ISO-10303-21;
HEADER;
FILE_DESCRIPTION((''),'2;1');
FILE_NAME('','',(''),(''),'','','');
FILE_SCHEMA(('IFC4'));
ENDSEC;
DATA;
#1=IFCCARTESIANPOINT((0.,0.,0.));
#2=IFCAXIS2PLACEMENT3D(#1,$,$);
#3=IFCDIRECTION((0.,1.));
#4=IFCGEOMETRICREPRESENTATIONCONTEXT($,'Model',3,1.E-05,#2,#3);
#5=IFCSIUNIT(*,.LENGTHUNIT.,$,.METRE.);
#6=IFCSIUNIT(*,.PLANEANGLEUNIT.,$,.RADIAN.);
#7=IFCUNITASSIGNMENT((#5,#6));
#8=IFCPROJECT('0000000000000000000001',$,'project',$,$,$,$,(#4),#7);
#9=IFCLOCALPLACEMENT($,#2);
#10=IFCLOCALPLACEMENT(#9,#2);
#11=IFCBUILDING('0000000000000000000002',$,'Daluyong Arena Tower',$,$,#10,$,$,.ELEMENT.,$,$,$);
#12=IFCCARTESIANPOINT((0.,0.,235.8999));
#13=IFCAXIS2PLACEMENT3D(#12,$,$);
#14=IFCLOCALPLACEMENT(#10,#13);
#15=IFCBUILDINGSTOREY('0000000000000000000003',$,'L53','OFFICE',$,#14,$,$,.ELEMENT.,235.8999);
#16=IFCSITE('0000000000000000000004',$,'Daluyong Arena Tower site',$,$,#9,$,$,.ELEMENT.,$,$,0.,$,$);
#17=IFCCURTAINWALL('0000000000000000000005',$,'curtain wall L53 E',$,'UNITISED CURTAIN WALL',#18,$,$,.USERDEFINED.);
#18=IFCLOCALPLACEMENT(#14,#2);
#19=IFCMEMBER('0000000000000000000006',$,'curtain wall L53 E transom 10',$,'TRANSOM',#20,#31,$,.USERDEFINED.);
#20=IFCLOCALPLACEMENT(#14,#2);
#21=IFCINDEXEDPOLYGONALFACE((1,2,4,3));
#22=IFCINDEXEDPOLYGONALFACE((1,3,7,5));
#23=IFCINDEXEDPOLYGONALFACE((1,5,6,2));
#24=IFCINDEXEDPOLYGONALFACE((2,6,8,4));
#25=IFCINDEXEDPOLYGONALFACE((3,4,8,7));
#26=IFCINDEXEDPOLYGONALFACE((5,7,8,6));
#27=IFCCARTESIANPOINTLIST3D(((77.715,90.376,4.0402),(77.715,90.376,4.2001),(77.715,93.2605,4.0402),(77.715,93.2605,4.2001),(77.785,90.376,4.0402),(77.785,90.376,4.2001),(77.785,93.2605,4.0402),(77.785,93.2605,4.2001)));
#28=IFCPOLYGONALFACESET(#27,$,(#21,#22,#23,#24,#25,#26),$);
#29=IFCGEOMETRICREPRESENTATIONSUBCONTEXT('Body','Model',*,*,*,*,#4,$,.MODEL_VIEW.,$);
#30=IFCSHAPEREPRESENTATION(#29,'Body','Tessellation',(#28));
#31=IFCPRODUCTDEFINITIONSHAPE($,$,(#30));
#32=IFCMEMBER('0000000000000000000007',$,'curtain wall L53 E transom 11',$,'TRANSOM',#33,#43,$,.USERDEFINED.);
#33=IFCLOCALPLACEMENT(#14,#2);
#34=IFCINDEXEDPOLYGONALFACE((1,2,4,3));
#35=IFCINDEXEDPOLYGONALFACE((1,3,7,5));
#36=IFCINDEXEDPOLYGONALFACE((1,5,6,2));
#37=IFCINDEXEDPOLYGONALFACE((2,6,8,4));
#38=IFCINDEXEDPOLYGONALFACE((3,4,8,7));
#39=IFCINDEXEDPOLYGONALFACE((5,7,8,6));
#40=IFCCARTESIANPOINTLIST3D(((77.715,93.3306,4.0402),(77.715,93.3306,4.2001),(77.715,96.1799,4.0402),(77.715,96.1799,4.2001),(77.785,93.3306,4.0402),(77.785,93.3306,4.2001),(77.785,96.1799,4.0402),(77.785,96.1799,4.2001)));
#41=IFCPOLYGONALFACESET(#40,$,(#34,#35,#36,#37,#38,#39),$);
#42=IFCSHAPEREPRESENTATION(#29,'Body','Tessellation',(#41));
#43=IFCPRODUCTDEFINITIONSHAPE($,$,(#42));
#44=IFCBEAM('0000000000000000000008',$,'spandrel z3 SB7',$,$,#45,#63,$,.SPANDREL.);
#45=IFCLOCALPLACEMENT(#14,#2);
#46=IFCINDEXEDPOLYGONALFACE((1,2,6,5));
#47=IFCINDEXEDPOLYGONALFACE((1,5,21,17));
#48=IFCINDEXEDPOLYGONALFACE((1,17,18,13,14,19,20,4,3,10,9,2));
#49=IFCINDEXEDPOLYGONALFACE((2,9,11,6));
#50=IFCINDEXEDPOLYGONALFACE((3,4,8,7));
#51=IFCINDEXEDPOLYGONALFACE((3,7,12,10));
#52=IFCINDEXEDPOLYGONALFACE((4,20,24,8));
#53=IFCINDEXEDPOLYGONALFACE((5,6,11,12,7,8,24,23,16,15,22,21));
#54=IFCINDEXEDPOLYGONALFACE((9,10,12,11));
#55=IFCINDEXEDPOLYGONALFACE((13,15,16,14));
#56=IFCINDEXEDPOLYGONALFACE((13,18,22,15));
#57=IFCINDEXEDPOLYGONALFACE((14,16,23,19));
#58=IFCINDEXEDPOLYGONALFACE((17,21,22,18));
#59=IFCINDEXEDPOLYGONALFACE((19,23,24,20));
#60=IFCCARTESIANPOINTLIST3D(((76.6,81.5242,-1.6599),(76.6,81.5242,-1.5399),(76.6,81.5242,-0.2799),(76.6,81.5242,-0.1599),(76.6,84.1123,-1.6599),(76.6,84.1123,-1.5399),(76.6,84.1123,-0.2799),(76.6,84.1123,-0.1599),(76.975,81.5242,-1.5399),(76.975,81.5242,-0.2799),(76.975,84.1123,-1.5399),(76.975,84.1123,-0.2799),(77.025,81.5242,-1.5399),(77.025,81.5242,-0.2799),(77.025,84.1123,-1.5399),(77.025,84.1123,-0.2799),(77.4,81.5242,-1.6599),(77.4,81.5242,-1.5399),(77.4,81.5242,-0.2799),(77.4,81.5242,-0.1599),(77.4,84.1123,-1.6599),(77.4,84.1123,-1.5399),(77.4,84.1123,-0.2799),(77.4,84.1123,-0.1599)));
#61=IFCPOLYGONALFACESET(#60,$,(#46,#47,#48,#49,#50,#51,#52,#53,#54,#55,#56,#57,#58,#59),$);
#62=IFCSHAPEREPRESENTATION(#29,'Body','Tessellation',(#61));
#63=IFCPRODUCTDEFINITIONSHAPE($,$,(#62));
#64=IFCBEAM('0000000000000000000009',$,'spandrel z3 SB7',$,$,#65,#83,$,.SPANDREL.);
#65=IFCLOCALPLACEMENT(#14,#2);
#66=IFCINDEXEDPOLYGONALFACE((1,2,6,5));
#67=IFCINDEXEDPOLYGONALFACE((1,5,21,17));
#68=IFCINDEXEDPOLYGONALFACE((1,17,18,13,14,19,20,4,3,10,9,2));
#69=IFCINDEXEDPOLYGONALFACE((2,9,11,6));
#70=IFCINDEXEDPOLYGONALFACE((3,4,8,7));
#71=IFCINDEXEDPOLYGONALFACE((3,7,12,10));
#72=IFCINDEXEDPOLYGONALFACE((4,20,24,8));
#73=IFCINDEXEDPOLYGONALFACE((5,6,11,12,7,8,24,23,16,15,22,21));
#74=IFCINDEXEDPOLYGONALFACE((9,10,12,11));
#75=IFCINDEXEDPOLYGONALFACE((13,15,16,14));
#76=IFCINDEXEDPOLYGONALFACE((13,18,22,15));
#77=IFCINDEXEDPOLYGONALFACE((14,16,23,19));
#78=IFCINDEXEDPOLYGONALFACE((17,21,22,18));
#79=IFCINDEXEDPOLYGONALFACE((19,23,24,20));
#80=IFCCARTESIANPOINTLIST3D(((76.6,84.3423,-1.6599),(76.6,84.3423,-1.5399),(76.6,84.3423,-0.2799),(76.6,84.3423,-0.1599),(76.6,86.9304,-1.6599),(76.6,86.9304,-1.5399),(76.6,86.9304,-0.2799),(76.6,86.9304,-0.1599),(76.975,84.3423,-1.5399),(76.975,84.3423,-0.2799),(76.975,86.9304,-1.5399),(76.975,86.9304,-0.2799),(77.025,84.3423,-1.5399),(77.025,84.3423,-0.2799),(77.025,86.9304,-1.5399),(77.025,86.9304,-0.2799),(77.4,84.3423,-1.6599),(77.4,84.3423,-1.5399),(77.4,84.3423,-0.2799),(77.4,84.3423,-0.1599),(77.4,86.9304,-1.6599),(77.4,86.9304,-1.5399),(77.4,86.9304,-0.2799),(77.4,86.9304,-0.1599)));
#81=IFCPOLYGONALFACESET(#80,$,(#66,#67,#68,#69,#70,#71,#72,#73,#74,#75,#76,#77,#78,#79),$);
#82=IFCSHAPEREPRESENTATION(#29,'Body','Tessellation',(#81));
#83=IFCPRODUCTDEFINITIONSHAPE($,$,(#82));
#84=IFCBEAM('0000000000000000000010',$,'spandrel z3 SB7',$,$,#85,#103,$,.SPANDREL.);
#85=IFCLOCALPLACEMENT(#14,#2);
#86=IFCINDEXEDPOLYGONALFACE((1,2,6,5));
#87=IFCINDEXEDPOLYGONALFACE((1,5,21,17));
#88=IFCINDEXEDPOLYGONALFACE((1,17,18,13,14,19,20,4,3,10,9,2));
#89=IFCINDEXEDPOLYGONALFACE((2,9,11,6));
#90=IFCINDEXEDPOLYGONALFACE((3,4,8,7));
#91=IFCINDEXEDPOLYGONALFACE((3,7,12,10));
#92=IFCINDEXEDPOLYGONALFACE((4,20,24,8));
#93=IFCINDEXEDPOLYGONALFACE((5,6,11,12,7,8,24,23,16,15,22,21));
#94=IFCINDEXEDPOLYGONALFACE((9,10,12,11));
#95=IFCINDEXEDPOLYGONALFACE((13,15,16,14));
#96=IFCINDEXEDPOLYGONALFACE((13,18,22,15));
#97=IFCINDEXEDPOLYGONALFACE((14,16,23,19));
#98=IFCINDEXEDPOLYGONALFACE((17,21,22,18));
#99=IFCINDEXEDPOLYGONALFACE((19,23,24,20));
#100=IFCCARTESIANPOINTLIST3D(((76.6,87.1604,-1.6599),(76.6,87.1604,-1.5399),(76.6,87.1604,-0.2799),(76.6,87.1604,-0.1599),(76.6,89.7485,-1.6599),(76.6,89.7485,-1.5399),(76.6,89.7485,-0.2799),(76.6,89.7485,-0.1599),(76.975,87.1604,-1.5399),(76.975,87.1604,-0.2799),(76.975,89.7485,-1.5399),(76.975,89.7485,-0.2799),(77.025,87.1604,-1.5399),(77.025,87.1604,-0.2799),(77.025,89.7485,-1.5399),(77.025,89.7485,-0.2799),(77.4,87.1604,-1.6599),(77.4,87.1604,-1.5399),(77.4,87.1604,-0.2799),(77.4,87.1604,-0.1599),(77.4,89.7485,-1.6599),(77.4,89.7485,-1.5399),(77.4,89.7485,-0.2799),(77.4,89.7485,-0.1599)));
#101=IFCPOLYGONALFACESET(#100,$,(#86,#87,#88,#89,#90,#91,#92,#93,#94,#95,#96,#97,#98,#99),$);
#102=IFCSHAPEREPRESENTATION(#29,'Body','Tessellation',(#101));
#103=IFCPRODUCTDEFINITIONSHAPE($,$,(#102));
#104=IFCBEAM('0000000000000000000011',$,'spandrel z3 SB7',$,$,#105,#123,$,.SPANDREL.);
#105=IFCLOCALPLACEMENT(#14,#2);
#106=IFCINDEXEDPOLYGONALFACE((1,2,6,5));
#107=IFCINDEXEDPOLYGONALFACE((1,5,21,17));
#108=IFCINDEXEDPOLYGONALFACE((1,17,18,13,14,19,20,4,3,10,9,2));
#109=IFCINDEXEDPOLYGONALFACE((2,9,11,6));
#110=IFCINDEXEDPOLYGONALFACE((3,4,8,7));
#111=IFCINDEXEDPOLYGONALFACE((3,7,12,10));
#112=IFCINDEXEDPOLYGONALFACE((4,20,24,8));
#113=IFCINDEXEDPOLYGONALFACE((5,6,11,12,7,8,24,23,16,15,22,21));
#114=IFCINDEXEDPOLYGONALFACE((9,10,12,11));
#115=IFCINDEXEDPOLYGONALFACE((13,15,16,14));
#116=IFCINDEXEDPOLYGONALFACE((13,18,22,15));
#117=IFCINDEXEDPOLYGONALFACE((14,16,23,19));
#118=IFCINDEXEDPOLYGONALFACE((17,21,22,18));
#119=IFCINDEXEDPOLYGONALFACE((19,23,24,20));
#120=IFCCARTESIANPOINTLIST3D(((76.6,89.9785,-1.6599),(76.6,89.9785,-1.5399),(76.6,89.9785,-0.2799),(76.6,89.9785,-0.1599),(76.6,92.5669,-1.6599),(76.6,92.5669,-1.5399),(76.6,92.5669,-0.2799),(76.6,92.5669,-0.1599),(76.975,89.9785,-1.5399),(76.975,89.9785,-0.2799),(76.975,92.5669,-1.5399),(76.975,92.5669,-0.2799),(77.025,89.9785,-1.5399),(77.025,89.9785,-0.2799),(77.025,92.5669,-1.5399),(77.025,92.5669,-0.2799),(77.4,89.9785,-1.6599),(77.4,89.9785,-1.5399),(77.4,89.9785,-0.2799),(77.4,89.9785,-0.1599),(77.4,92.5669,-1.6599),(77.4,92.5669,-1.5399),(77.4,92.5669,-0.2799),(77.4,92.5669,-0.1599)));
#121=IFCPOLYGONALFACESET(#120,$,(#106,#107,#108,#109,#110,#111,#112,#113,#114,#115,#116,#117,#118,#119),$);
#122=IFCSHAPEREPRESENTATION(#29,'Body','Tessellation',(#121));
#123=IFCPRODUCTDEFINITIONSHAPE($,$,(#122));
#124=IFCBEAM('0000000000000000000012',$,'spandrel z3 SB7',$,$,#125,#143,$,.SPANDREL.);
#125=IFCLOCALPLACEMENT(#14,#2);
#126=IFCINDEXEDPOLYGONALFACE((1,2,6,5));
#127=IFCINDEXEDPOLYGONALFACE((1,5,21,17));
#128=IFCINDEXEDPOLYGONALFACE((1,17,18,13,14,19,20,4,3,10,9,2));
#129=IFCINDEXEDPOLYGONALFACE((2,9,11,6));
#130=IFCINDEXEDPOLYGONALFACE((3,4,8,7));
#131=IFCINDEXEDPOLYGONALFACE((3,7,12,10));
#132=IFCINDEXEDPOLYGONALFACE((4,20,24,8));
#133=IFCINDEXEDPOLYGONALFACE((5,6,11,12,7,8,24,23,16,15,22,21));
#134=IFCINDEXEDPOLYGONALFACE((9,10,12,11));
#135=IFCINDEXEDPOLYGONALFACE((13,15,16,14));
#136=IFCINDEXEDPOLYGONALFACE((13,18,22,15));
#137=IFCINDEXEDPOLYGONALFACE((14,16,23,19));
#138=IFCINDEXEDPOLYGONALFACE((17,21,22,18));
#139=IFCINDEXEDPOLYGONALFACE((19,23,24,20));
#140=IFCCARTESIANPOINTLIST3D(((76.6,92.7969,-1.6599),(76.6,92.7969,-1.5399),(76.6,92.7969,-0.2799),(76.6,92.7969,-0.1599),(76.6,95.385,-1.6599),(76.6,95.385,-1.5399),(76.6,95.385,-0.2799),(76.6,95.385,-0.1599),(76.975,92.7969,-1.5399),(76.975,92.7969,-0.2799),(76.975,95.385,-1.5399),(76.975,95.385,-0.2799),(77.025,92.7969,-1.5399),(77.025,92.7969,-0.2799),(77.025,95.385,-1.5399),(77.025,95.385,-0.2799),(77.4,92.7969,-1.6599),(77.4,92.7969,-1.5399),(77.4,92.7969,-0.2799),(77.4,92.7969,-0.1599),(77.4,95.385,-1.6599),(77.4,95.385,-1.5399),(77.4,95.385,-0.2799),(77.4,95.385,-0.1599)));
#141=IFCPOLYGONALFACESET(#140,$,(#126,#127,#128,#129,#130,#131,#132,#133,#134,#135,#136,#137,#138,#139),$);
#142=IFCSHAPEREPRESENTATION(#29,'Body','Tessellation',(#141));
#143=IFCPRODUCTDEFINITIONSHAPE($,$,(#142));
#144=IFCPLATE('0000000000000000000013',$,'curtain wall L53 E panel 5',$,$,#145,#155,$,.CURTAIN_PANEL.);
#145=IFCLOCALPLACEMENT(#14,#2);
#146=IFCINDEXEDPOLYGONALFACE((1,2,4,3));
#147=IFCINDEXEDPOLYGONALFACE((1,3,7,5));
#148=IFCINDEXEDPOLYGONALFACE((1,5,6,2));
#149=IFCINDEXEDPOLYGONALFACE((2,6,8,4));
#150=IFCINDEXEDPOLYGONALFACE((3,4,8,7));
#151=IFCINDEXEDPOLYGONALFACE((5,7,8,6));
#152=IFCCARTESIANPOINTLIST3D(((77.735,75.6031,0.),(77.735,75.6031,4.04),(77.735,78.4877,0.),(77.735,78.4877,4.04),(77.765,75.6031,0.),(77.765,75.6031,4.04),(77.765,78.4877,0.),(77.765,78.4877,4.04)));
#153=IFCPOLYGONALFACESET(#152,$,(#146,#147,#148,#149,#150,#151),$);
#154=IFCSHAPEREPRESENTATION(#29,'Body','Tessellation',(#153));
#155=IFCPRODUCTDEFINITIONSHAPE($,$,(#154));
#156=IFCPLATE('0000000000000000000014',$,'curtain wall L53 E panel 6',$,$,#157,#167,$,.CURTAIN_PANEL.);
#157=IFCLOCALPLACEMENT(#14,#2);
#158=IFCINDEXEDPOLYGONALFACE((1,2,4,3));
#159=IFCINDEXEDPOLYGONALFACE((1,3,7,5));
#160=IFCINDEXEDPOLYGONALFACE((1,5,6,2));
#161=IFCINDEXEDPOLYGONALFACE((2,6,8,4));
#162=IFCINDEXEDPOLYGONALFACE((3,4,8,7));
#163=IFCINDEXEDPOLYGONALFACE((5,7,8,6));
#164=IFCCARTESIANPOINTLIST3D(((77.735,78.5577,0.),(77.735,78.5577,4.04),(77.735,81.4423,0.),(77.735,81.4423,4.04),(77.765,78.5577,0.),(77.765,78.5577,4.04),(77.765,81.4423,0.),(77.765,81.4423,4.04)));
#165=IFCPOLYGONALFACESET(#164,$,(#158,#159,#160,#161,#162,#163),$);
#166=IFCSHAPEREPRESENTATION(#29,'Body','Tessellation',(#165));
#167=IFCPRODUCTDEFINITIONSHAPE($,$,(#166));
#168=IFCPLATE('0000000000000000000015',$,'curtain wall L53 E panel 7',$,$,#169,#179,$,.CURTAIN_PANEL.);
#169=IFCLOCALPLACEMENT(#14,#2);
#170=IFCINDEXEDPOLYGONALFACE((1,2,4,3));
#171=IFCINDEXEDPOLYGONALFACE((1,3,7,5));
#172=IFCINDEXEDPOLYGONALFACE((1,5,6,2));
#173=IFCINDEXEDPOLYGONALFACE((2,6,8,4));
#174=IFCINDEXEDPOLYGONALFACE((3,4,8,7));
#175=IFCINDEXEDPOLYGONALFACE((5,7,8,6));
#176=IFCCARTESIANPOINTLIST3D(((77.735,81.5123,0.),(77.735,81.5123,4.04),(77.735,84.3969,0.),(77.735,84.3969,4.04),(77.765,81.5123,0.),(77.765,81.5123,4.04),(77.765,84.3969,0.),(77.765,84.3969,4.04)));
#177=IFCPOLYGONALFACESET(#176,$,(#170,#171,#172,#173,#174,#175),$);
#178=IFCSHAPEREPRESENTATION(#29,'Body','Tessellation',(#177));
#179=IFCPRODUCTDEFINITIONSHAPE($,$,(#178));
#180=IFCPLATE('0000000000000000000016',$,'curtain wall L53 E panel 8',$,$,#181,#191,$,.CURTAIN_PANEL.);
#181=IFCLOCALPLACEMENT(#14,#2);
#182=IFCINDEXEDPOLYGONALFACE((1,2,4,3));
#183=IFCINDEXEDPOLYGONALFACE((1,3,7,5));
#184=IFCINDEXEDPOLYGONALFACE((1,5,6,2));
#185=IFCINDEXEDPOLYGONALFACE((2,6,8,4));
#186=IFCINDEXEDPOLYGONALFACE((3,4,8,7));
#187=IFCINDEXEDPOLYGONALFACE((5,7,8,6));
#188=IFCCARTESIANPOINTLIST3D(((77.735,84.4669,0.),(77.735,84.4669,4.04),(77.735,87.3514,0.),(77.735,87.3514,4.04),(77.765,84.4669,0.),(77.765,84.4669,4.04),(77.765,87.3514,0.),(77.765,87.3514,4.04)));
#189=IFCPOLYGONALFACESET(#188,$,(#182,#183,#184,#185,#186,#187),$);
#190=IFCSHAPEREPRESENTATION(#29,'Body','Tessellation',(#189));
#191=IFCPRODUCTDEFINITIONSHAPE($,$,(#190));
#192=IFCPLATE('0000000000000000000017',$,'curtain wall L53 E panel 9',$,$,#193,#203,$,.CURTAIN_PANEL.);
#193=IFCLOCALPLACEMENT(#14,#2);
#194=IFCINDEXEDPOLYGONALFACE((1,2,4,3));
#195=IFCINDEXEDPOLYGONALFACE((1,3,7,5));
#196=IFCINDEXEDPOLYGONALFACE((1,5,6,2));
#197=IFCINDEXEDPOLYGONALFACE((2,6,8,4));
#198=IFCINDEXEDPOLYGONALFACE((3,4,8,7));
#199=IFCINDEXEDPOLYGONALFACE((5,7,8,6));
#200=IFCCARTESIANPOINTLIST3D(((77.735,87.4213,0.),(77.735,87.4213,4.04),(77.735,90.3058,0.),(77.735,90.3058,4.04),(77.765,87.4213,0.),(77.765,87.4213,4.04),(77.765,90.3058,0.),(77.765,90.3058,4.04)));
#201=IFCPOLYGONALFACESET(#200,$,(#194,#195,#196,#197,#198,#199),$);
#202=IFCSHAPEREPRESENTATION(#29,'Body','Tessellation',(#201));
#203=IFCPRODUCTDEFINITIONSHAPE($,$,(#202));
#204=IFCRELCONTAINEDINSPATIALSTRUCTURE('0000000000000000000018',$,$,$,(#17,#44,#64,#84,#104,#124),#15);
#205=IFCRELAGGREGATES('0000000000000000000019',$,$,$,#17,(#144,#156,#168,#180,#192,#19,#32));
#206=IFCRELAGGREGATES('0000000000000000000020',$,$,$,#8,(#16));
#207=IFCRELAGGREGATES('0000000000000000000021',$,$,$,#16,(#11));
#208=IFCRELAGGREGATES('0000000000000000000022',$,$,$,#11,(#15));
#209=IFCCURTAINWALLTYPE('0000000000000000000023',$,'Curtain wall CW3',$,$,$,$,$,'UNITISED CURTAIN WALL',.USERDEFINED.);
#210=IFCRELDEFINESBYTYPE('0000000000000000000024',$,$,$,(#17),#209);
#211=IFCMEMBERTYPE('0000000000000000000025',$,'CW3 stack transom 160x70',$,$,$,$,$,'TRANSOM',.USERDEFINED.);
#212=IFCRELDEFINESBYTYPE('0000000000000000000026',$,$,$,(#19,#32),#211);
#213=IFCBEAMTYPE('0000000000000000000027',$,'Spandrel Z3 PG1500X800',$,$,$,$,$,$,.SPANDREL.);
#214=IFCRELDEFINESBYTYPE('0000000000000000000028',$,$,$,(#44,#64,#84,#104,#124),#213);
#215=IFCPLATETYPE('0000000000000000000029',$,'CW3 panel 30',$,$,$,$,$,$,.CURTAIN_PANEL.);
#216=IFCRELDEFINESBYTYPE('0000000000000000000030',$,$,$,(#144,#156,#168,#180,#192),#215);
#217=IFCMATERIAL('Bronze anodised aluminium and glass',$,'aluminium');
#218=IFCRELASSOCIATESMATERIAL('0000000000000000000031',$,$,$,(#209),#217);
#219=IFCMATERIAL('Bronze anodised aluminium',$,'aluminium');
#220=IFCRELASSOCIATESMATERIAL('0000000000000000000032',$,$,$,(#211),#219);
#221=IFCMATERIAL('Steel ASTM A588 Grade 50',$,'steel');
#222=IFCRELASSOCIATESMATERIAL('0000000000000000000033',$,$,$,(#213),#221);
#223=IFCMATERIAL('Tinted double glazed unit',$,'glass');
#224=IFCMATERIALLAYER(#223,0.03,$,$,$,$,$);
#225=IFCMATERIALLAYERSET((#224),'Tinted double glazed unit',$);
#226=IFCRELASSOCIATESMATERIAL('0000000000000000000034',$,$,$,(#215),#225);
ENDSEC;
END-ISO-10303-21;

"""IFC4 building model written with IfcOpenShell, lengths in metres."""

from ifc_helpers import new_model, si_unit, direction, frame, origin, origin_2d, place, context, subcontext, project, spatial, rectangle, i_section, extrude, material, layer, layer_set, material_profile, profile_set, type_object, element, aggregate, save


model = new_model("IFC4")

# Units and contexts
model_context = context("Model", 3, precision=1e-05, world=origin(), true_north=direction((0.0, 1.0)))
body_context = subcontext(model_context, "Body", "Model", "MODEL_VIEW")
ifc_project = project(units=[si_unit("LENGTHUNIT", "METRE"), si_unit("PLANEANGLEUNIT", "RADIAN")], contexts=[model_context])

# Site, building, storey
site_placement = place(None, origin())
site = spatial("IfcSite", under=ifc_project, at=site_placement, Name="Daluyong Arena Tower site", CompositionType="ELEMENT", RefElevation=0.0)
building_placement = place(site_placement, origin())
building = spatial("IfcBuilding", under=site, at=building_placement, Name="Daluyong Arena Tower", CompositionType="ELEMENT")
storey_placement = place(building_placement, frame((0.0, 0.0, 235.8999)))
storey = spatial("IfcBuildingStorey", under=building, at=storey_placement, Name="L53", Description="OFFICE", CompositionType="ELEMENT", Elevation=235.8999)

# Curtain wall, members
ifc_material_1 = material(Name="Bronze anodised aluminium and glass", Category="aluminium")
curtain_wall_type = type_object("IfcCurtainWallType", Name="Curtain wall CW3", ElementType="UNITISED CURTAIN WALL", PredefinedType="USERDEFINED", material=ifc_material_1)
curtain_wall_placement = place(storey_placement, origin())
curtain_wall = element("IfcCurtainWall", 1, at=curtain_wall_placement, inside=storey, type_object=curtain_wall_type, Name="curtain wall L53 E", ObjectType="UNITISED CURTAIN WALL", PredefinedType="USERDEFINED")
ifc_material_2 = material(Name="Bronze anodised aluminium", Category="aluminium")
ifc_material_profile_1 = material_profile(ifc_material_2, rectangle(XDim=0.0701, YDim=0.1599, at=origin_2d()))
ifc_profile_set_1 = profile_set([ifc_material_profile_1], Name="Bronze anodised aluminium")
member_type_1 = type_object("IfcMemberType", Name="CW3 stack transom 160x70", ElementType="TRANSOM", PredefinedType="USERDEFINED", material=ifc_profile_set_1)
member_1_placement = place(storey_placement, frame((77.75, 90.376, 4.1201), z_axis=(0.0, 1.0, 0.0), x_axis=(-1.0, 0.0, 0.0)))
member_1 = element("IfcMember", 2, at=member_1_placement, type_object=member_type_1, Name="curtain wall L53 E transom 10", ObjectType="TRANSOM", PredefinedType="USERDEFINED", context=body_context, shape_type="SweptSolid", body=[
    extrude(rectangle(XDim=0.0701, YDim=0.1599, at=origin_2d()), origin(), (0.0, 0.0, 1.0), 2.8845),
])
member_2_placement = place(storey_placement, frame((77.75, 93.3306, 4.1201), z_axis=(0.0, 1.0, 0.0), x_axis=(-1.0, 0.0, 0.0)))
member_2 = element("IfcMember", 3, at=member_2_placement, type_object=member_type_1, Name="curtain wall L53 E transom 11", ObjectType="TRANSOM", PredefinedType="USERDEFINED", context=body_context, shape_type="SweptSolid", body=[
    extrude(rectangle(XDim=0.0701, YDim=0.1599, at=origin_2d()), origin(), (0.0, 0.0, 1.0), 2.8494),
])

# Beams
ifc_material_3 = material(Name="Steel ASTM A588 Grade 50", Category="steel")
ifc_material_profile_2 = material_profile(ifc_material_3, i_section(OverallWidth=0.8, OverallDepth=1.5, WebThickness=0.05, FlangeThickness=0.12, at=origin_2d()))
ifc_profile_set_2 = profile_set([ifc_material_profile_2], Name="Steel ASTM A588 Grade 50")
beam_type = type_object("IfcBeamType", Name="Spandrel Z3 PG1500X800", PredefinedType="SPANDREL", material=ifc_profile_set_2)
for number, where, z_axis, x_axis, name in (
    (4, (77.0, 81.5242, -0.9099), (0.0, 1.0, 0.0), (-1.0, 0.0, 0.0), "spandrel z3 SB7"),
    (5, (77.0, 84.3423, -0.9099), (0.0, 1.0, 0.0), (-1.0, 0.0, 0.0), "spandrel z3 SB7"),
    (6, (77.0, 87.1604, -0.9099), (0.0, 1.0, 0.0), (-1.0, 0.0, 0.0), "spandrel z3 SB7"),
):
    element("IfcBeam", number, at=place(storey_placement, frame(where, z_axis=z_axis, x_axis=x_axis)), inside=storey, type_object=beam_type, Name=name, PredefinedType="SPANDREL", context=body_context, shape_type="SweptSolid", body=[
        extrude(i_section(OverallWidth=0.8, OverallDepth=1.5, WebThickness=0.05, FlangeThickness=0.12, at=origin_2d()), origin(), (0.0, 0.0, 1.0), 2.5881),
    ])
beam_1_placement = place(storey_placement, frame((77.0, 89.9785, -0.9099), z_axis=(0.0, 1.0, 0.0), x_axis=(-1.0, 0.0, 0.0)))
element("IfcBeam", 7, at=beam_1_placement, inside=storey, type_object=beam_type, Name="spandrel z3 SB7", PredefinedType="SPANDREL", context=body_context, shape_type="SweptSolid", body=[
    extrude(i_section(OverallWidth=0.8, OverallDepth=1.5, WebThickness=0.05, FlangeThickness=0.12, at=origin_2d()), origin(), (0.0, 0.0, 1.0), 2.5884),
])
beam_2_placement = place(storey_placement, frame((77.0, 92.7969, -0.9099), z_axis=(0.0, 1.0, 0.0), x_axis=(-1.0, 0.0, 0.0)))
element("IfcBeam", 8, at=beam_2_placement, inside=storey, type_object=beam_type, Name="spandrel z3 SB7", PredefinedType="SPANDREL", context=body_context, shape_type="SweptSolid", body=[
    extrude(i_section(OverallWidth=0.8, OverallDepth=1.5, WebThickness=0.05, FlangeThickness=0.12, at=origin_2d()), origin(), (0.0, 0.0, 1.0), 2.5881),
])

# Plates
ifc_material_4 = material(Name="Tinted double glazed unit", Category="glass")
ifc_layer = layer(ifc_material_4, 0.03)
ifc_layer_set = layer_set([ifc_layer], Name="Tinted double glazed unit")
plate_type = type_object("IfcPlateType", Name="CW3 panel 30", PredefinedType="CURTAIN_PANEL", material=ifc_layer_set)
plate_1_placement = place(storey_placement, frame((77.75, 77.0454, 0.0), z_axis=(0.0, 0.0, 1.0), x_axis=(0.0, 1.0, 0.0)))
plate_1 = element("IfcPlate", 9, at=plate_1_placement, type_object=plate_type, Name="curtain wall L53 E panel 5", PredefinedType="CURTAIN_PANEL", context=body_context, shape_type="SweptSolid", body=[
    extrude(rectangle(XDim=2.8845, YDim=0.03, at=origin_2d()), origin(), (0.0, 0.0, 1.0), 4.04),
])
plate_2_placement = place(storey_placement, frame((77.75, 80.0, 0.0), z_axis=(0.0, 0.0, 1.0), x_axis=(0.0, 1.0, 0.0)))
plate_2 = element("IfcPlate", 10, at=plate_2_placement, type_object=plate_type, Name="curtain wall L53 E panel 6", PredefinedType="CURTAIN_PANEL", context=body_context, shape_type="SweptSolid", body=[
    extrude(rectangle(XDim=2.8845, YDim=0.03, at=origin_2d()), origin(), (0.0, 0.0, 1.0), 4.04),
])
plate_3_placement = place(storey_placement, frame((77.75, 82.9546, 0.0), z_axis=(0.0, 0.0, 1.0), x_axis=(0.0, 1.0, 0.0)))
plate_3 = element("IfcPlate", 11, at=plate_3_placement, type_object=plate_type, Name="curtain wall L53 E panel 7", PredefinedType="CURTAIN_PANEL", context=body_context, shape_type="SweptSolid", body=[
    extrude(rectangle(XDim=2.8845, YDim=0.03, at=origin_2d()), origin(), (0.0, 0.0, 1.0), 4.04),
])
plate_4_placement = place(storey_placement, frame((77.75, 85.9092, 0.0), z_axis=(0.0, 0.0, 1.0), x_axis=(0.0, 1.0, 0.0)))
plate_4 = element("IfcPlate", 12, at=plate_4_placement, type_object=plate_type, Name="curtain wall L53 E panel 8", PredefinedType="CURTAIN_PANEL", context=body_context, shape_type="SweptSolid", body=[
    extrude(rectangle(XDim=2.8845, YDim=0.03, at=origin_2d()), origin(), (0.0, 0.0, 1.0), 4.04),
])
plate_5_placement = place(storey_placement, frame((77.75, 88.8635, 0.0), z_axis=(0.0, 0.0, 1.0), x_axis=(0.0, 1.0, 0.0)))
plate_5 = element("IfcPlate", 13, at=plate_5_placement, type_object=plate_type, Name="curtain wall L53 E panel 9", PredefinedType="CURTAIN_PANEL", context=body_context, shape_type="SweptSolid", body=[
    extrude(rectangle(XDim=2.8845, YDim=0.03, at=origin_2d()), origin(), (0.0, 0.0, 1.0), 4.04),
])
aggregate(curtain_wall, [plate_1, plate_2, plate_3, plate_4, plate_5, member_1, member_2])

save(model, "model.ifc")
